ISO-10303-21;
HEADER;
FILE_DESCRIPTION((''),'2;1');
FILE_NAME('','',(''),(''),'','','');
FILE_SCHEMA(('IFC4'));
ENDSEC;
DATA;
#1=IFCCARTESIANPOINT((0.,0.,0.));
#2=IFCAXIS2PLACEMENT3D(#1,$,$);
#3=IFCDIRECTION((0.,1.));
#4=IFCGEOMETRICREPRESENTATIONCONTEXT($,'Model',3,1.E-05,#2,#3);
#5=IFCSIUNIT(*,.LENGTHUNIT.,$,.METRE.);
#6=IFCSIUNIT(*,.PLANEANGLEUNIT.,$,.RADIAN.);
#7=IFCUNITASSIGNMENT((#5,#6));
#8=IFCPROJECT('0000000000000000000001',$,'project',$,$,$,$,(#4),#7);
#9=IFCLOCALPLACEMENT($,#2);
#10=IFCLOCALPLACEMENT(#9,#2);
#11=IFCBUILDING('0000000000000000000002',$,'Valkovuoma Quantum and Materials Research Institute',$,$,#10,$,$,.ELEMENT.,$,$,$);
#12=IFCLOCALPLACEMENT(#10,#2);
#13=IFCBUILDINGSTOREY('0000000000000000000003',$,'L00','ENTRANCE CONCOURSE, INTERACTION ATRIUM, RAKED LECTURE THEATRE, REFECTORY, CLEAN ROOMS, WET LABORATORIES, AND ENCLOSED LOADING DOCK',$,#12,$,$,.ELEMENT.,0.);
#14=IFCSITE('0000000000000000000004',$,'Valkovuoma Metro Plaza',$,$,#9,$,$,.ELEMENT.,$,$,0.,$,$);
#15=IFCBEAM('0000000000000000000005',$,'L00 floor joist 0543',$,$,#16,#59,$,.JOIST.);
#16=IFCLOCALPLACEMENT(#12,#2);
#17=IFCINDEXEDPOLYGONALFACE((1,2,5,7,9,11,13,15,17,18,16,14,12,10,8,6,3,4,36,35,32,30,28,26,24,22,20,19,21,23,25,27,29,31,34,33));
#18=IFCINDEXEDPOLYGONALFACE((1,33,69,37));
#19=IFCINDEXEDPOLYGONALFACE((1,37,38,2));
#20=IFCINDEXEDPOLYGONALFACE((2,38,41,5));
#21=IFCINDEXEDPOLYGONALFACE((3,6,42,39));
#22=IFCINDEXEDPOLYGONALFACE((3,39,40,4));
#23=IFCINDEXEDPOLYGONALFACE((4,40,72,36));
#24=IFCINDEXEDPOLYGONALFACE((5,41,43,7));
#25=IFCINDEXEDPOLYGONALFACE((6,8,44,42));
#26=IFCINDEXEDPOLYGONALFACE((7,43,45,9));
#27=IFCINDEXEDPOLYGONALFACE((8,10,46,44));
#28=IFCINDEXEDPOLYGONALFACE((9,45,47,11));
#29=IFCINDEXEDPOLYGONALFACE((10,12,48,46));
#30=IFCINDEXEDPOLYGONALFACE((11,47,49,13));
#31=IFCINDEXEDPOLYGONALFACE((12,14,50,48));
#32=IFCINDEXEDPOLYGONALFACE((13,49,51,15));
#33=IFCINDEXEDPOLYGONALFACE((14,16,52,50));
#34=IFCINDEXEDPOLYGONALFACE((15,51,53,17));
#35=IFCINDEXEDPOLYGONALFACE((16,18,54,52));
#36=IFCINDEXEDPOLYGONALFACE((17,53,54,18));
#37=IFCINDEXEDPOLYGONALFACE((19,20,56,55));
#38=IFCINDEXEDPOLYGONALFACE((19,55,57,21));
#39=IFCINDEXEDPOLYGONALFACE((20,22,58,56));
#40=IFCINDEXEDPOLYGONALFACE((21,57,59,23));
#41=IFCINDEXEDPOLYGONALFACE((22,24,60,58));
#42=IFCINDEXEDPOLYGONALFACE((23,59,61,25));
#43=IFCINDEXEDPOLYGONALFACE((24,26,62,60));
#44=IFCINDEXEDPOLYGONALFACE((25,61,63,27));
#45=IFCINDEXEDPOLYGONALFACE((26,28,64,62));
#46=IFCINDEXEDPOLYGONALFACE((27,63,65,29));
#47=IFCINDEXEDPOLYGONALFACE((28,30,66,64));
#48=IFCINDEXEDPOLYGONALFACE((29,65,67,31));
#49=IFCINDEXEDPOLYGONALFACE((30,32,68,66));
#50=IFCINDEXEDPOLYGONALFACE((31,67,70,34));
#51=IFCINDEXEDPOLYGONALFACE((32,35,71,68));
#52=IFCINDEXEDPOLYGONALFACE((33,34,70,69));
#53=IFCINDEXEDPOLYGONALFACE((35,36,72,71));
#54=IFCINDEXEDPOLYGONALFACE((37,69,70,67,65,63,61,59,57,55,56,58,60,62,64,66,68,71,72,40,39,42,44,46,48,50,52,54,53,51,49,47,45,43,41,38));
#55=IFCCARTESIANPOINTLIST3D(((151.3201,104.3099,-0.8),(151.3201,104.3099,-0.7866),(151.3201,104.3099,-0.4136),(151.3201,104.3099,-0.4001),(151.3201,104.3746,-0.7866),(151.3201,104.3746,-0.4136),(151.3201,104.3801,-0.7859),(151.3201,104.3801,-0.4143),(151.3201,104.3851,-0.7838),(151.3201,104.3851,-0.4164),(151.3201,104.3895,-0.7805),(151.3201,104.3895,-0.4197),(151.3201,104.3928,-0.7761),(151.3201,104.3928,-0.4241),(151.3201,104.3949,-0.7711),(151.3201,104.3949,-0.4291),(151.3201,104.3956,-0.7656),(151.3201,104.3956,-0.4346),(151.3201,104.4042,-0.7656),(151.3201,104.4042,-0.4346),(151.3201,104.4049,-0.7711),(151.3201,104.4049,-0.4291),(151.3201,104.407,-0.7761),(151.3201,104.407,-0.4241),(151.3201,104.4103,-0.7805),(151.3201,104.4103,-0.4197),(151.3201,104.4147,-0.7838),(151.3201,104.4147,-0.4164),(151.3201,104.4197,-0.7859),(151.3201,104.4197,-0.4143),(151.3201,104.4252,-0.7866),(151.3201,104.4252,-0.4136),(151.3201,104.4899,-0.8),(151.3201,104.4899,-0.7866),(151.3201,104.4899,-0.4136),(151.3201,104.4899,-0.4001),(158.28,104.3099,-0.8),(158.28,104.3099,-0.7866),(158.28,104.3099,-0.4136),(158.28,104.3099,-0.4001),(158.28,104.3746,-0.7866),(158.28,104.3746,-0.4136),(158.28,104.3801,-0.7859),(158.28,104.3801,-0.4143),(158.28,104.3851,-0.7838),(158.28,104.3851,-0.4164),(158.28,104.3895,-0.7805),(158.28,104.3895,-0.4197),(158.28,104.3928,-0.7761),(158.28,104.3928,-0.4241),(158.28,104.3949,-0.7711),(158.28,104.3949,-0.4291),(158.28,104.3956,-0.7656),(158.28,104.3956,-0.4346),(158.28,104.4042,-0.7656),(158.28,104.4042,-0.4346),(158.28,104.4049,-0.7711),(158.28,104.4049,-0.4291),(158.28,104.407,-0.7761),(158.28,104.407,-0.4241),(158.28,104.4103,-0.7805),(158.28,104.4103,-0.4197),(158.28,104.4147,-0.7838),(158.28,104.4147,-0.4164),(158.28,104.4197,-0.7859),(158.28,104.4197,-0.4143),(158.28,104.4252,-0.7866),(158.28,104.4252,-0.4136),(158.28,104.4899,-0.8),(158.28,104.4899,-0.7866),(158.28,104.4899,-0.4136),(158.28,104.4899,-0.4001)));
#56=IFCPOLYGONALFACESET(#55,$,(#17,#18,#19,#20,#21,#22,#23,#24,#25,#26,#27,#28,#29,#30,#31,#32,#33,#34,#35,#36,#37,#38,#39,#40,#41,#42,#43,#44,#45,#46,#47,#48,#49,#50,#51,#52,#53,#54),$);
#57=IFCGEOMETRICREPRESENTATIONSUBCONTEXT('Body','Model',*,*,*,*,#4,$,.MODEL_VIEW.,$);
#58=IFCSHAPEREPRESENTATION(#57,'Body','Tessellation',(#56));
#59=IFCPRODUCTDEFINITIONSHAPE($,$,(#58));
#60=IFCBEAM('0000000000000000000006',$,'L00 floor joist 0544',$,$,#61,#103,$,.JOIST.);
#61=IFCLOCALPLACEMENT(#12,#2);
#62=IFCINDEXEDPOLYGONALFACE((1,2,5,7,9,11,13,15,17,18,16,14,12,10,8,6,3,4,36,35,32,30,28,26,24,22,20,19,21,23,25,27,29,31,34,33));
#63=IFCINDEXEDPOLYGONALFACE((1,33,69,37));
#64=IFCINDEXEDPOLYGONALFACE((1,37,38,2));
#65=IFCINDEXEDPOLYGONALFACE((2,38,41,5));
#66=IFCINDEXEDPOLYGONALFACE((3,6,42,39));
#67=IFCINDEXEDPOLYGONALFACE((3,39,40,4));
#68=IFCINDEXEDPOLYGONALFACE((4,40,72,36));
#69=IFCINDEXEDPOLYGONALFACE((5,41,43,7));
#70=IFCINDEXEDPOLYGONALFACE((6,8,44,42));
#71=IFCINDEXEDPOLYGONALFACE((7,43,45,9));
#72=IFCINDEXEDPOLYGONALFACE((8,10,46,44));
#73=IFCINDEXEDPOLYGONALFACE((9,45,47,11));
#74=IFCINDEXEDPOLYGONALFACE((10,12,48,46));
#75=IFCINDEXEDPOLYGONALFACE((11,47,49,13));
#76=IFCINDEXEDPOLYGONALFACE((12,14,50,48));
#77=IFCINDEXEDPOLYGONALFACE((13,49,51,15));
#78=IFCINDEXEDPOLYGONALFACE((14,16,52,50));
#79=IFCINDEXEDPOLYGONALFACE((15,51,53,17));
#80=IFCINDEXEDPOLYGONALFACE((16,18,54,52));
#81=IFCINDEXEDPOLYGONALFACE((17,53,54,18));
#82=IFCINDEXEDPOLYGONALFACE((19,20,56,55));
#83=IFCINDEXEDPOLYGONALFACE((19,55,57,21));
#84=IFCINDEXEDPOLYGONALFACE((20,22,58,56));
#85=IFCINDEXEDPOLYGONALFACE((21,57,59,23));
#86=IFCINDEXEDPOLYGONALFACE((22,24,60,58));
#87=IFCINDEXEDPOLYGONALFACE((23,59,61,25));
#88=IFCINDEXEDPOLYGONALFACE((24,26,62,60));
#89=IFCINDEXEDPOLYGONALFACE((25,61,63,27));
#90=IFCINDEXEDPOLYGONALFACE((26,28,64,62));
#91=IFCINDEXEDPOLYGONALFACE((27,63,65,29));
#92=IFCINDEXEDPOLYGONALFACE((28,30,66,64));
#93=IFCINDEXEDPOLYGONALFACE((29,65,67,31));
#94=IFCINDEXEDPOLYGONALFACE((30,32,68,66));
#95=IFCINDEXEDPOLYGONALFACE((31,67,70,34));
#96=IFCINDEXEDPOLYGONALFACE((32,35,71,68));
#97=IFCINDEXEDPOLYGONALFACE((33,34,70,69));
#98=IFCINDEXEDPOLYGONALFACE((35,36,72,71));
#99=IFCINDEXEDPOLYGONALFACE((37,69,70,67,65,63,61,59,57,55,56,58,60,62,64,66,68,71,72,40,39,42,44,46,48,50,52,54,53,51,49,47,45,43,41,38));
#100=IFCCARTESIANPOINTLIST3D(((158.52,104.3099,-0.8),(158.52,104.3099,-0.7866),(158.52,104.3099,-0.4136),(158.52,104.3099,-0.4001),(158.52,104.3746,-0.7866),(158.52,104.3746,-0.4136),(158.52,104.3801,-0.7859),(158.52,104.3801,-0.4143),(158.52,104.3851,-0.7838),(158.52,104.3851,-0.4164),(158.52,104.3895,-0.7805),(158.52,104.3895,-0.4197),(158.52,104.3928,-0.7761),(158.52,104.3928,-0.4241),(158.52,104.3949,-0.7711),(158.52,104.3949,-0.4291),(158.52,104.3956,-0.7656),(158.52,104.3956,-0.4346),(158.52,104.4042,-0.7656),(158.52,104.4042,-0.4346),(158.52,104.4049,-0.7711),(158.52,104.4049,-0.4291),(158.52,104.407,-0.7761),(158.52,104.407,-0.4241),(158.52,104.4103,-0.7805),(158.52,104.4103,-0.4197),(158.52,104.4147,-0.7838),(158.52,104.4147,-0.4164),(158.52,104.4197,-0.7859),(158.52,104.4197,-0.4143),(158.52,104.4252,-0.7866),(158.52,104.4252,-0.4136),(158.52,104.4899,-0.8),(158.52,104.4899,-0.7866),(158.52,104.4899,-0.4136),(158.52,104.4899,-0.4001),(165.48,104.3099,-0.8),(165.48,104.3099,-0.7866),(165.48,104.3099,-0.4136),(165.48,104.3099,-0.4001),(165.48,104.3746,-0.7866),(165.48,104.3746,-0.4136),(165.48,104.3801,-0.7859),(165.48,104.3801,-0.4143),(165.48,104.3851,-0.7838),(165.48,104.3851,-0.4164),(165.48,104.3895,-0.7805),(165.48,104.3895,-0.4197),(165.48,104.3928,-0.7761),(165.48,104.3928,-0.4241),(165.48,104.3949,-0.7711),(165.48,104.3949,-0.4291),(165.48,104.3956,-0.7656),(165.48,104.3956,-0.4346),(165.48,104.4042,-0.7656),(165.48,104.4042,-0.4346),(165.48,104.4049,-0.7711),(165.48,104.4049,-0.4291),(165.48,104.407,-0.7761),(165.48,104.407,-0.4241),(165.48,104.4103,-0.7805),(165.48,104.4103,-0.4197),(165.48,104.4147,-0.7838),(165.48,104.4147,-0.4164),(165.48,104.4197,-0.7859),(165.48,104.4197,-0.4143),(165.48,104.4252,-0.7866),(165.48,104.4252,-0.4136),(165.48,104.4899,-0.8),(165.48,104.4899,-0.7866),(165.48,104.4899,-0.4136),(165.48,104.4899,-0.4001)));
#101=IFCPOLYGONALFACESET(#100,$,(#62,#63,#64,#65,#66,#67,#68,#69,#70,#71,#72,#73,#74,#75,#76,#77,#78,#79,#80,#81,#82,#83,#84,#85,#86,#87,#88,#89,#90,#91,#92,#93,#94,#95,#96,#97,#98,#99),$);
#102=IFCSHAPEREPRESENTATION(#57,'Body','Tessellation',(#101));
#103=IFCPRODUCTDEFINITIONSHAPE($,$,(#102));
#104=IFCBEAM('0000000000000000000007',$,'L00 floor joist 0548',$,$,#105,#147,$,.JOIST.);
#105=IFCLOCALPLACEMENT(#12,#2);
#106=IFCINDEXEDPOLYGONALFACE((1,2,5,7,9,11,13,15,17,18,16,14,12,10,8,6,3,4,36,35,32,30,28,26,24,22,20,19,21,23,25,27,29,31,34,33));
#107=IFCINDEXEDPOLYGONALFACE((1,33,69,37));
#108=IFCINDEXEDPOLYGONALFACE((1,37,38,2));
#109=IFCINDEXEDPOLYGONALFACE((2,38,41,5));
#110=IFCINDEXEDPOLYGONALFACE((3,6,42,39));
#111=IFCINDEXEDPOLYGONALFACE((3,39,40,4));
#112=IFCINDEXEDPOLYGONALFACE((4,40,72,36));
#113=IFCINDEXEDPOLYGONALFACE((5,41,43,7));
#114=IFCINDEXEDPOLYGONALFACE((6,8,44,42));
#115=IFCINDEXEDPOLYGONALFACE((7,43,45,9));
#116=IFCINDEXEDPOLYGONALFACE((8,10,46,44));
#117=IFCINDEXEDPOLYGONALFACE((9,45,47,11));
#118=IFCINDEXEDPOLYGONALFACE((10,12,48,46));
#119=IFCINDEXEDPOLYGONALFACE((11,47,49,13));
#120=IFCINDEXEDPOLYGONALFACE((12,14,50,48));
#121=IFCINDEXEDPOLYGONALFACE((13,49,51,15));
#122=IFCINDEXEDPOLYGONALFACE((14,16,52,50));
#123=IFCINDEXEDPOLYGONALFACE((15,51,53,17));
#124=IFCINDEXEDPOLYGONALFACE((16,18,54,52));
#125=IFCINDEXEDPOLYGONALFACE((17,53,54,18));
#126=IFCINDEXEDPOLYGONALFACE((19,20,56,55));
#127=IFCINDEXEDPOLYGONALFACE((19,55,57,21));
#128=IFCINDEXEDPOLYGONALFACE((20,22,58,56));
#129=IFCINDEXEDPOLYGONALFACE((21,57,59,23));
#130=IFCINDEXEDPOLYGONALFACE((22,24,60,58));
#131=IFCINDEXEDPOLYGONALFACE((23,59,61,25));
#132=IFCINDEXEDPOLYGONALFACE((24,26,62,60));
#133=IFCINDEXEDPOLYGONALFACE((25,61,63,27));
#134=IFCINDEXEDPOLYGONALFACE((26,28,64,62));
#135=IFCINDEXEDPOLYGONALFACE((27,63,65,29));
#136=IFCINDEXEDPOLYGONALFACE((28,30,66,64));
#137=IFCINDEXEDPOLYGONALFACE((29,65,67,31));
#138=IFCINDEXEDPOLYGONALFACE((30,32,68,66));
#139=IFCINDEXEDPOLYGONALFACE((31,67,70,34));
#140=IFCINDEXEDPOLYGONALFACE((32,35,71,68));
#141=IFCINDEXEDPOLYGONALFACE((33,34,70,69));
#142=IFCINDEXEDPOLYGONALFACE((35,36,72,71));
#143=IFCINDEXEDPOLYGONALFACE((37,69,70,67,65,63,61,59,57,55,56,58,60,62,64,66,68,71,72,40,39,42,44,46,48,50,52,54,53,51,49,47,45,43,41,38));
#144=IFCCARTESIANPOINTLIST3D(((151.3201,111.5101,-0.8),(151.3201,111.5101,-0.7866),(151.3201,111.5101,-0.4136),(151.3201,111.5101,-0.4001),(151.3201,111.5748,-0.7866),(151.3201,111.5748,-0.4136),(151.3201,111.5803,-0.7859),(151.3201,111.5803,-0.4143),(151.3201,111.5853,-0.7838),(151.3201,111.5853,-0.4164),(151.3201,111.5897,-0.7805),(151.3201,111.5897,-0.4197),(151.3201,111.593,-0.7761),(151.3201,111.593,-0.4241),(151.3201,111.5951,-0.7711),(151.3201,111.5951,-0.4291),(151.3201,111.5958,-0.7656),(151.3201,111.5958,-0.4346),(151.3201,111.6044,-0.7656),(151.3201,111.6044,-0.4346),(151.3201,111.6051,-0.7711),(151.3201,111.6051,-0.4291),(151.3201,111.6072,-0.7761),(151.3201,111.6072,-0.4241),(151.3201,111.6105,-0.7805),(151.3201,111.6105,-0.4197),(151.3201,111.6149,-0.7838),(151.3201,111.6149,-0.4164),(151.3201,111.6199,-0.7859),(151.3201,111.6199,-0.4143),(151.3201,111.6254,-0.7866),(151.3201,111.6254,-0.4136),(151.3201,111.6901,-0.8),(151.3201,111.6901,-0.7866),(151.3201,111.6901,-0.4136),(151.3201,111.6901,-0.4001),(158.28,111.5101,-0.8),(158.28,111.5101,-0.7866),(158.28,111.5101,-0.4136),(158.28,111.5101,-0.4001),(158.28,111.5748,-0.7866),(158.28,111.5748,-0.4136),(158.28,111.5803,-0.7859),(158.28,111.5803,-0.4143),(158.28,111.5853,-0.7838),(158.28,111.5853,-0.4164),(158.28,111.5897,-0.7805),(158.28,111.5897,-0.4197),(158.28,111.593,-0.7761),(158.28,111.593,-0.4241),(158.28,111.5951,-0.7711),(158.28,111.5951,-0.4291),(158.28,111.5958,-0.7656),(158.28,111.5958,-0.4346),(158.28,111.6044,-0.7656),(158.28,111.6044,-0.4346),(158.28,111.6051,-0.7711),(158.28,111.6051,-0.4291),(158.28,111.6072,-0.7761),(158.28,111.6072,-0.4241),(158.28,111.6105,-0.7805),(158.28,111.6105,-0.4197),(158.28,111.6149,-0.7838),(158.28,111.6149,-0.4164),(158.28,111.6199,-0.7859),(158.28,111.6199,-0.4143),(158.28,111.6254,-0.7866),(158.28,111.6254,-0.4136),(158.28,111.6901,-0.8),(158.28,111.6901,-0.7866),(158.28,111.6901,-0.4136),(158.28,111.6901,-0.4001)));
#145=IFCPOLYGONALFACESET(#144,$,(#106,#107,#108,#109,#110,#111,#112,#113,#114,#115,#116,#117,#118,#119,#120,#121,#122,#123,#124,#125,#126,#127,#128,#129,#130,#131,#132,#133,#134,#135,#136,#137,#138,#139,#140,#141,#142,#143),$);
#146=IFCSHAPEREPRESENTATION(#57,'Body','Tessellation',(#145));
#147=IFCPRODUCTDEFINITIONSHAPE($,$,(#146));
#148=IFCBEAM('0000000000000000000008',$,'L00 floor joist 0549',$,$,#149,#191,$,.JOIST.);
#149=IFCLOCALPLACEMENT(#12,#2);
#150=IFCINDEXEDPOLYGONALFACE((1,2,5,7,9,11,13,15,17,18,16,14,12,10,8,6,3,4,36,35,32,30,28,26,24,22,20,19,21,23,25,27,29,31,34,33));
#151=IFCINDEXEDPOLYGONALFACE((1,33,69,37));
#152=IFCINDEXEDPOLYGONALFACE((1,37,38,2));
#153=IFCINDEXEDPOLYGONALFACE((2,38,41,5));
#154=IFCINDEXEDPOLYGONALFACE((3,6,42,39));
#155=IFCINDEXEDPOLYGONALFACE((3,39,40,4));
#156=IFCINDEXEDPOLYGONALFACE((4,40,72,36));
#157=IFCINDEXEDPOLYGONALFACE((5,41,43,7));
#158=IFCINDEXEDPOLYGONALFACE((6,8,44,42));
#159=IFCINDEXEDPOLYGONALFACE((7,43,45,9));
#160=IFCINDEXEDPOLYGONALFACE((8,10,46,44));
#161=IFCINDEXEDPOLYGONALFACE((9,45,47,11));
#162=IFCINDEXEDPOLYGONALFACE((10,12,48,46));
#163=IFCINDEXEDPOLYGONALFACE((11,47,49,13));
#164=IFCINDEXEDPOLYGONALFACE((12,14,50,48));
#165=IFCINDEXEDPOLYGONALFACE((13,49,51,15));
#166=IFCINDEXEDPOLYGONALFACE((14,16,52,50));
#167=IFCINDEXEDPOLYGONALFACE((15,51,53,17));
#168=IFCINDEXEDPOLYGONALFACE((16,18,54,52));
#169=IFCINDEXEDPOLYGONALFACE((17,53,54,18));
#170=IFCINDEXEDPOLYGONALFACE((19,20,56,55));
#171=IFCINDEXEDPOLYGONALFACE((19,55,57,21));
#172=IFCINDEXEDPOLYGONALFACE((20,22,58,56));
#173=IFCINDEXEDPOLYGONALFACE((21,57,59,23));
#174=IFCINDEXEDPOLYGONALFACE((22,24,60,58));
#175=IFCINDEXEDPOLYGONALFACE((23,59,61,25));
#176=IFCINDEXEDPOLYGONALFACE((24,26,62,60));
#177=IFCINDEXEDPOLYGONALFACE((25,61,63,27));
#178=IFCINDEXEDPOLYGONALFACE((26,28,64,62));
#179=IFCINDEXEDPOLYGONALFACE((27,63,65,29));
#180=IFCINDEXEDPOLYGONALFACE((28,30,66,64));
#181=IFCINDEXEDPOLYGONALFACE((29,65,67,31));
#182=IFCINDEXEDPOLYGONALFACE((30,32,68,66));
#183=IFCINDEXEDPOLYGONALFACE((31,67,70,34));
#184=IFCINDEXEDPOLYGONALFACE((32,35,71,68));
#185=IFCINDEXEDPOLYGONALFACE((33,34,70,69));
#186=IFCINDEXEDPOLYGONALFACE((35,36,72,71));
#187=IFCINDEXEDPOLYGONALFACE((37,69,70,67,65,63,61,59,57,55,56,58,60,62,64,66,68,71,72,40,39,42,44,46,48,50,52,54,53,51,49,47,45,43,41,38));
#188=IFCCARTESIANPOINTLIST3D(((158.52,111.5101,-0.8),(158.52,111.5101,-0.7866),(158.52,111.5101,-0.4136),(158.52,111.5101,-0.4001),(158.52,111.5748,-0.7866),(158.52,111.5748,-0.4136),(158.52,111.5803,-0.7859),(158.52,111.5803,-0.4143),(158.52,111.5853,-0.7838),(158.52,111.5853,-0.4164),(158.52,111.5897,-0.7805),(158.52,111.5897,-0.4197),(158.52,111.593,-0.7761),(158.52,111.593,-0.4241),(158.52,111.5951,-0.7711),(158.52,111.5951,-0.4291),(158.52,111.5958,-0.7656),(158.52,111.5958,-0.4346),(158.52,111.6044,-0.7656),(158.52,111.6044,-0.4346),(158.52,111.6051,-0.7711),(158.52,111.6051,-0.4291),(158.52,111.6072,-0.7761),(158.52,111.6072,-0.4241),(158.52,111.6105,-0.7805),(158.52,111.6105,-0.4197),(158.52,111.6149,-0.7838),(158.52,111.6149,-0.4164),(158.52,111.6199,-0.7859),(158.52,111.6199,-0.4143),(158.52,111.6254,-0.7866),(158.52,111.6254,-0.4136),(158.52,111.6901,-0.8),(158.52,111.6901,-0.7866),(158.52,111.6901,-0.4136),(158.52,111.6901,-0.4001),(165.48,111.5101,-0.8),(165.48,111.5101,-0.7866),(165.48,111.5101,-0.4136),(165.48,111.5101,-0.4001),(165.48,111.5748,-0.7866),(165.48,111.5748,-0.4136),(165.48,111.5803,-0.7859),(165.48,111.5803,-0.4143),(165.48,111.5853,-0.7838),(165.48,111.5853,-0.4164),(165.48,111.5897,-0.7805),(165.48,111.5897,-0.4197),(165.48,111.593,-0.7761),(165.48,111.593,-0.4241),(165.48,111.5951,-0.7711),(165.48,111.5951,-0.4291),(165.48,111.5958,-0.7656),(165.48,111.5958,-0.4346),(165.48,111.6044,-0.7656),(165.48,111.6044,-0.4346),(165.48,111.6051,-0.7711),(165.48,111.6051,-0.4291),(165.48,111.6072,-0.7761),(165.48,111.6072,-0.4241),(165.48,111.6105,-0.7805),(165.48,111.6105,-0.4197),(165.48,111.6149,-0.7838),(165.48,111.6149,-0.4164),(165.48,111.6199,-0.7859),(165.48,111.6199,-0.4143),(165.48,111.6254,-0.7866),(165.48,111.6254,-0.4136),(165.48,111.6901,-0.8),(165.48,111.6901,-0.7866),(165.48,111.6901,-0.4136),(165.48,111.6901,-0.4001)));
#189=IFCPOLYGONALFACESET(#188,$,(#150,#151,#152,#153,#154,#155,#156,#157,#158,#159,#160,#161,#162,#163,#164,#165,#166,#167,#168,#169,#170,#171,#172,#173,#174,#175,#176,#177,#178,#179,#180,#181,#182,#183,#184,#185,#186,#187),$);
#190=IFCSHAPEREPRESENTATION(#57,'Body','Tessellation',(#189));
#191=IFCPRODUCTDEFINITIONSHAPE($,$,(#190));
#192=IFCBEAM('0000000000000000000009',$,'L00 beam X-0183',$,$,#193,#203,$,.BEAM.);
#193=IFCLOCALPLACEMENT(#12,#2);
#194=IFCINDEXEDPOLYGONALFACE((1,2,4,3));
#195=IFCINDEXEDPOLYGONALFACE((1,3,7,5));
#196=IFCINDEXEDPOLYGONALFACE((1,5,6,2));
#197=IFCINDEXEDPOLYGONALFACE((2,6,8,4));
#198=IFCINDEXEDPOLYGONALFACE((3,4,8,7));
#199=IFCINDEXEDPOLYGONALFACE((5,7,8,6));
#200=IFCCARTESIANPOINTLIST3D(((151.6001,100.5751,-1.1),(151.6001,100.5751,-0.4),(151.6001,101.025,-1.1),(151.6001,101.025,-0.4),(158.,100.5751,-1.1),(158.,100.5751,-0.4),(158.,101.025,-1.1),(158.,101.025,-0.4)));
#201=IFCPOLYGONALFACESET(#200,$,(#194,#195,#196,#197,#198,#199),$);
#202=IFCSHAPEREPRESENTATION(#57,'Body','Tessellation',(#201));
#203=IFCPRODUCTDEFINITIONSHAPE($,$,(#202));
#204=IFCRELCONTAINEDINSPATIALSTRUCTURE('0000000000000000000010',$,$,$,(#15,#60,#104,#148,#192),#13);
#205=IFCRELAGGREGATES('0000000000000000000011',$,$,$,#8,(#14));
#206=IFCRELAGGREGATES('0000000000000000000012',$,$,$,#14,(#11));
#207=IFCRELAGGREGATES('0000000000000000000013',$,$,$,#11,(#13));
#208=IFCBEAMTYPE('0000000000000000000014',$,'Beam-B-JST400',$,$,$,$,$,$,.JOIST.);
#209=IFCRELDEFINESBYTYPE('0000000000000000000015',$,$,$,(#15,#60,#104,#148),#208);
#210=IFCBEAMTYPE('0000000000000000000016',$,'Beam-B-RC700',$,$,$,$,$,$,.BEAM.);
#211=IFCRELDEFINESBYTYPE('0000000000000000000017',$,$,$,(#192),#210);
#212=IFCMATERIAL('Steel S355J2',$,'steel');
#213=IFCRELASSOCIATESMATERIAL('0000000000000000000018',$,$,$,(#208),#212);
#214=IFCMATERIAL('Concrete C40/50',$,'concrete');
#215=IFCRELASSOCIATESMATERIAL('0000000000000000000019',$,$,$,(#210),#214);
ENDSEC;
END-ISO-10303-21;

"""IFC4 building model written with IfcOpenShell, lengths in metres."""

from ifc_helpers import new_model, si_unit, direction, frame, origin, origin_2d, place, context, subcontext, project, spatial, rectangle, i_section, extrude, material, material_profile, profile_set, type_object, element, save


model = new_model("IFC4")

# Units and contexts
model_context = context("Model", 3, precision=1e-05, world=origin(), true_north=direction((0.0, 1.0)))
body_context = subcontext(model_context, "Body", "Model", "MODEL_VIEW")
ifc_project = project(units=[si_unit("LENGTHUNIT", "METRE"), si_unit("PLANEANGLEUNIT", "RADIAN")], contexts=[model_context])

# Site, building, storey
site_placement = place(None, origin())
site = spatial("IfcSite", under=ifc_project, at=site_placement, Name="Valkovuoma Metro Plaza", CompositionType="ELEMENT", RefElevation=0.0)
building_placement = place(site_placement, origin())
building = spatial("IfcBuilding", under=site, at=building_placement, Name="Valkovuoma Quantum and Materials Research Institute", CompositionType="ELEMENT")
storey_placement = place(building_placement, origin())
storey = spatial("IfcBuildingStorey", under=building, at=storey_placement, Name="L00", Description="ENTRANCE CONCOURSE, INTERACTION ATRIUM, RAKED LECTURE THEATRE, REFECTORY, CLEAN ROOMS, WET LABORATORIES, AND ENCLOSED LOADING DOCK", CompositionType="ELEMENT", Elevation=0.0)

# Beams
ifc_material_1 = material(Name="Steel S355J2", Category="steel")
ifc_material_profile_1 = material_profile(ifc_material_1, i_section(OverallWidth=0.1799, OverallDepth=0.3999, WebThickness=0.0085, FlangeThickness=0.0134, FilletRadius=0.021, at=origin_2d()), Name="Steel S355J2")
ifc_profile_set_1 = profile_set([ifc_material_profile_1], Name="Steel S355J2")
beam_type_1 = type_object("IfcBeamType", Name="Beam-B-JST400", PredefinedType="JOIST", material=ifc_profile_set_1)
for number, where, z_axis, x_axis, name in (
    (1, (151.3201, 104.3999, -0.6001), (1.0, 0.0, 0.0), (0.0, 1.0, 0.0), "L00 floor joist 0543"),
    (2, (158.52, 104.3999, -0.6001), (1.0, 0.0, 0.0), (0.0, 1.0, 0.0), "L00 floor joist 0544"),
    (3, (151.3201, 111.6001, -0.6001), (1.0, 0.0, 0.0), (0.0, 1.0, 0.0), "L00 floor joist 0548"),
    (4, (158.52, 111.6001, -0.6001), (1.0, 0.0, 0.0), (0.0, 1.0, 0.0), "L00 floor joist 0549"),
):
    element("IfcBeam", number, at=place(storey_placement, frame(where, z_axis=z_axis, x_axis=x_axis)), inside=storey, type_object=beam_type_1, Name=name, PredefinedType="JOIST", context=body_context, shape_type="SweptSolid", body=[
        extrude(i_section(OverallWidth=0.1799, OverallDepth=0.3999, WebThickness=0.0085, FlangeThickness=0.0134, FilletRadius=0.021, at=origin_2d()), origin(), (0.0, 0.0, 1.0), 6.96),
    ])
ifc_material_2 = material(Name="Concrete C40/50", Category="concrete")
ifc_material_profile_2 = material_profile(ifc_material_2, rectangle(XDim=0.45, YDim=0.7, at=origin_2d()), Name="Concrete C40/50")
ifc_profile_set_2 = profile_set([ifc_material_profile_2], Name="Concrete C40/50")
beam_type_2 = type_object("IfcBeamType", Name="Beam-B-RC700", PredefinedType="BEAM", material=ifc_profile_set_2)
for number, where, z_axis, x_axis, name in (
    (5, (151.6001, 100.8, -0.75), (1.0, 0.0, 0.0), (0.0, 1.0, 0.0), "L00 beam X-0183"),
):
    element("IfcBeam", number, at=place(storey_placement, frame(where, z_axis=z_axis, x_axis=x_axis)), inside=storey, type_object=beam_type_2, Name=name, PredefinedType="BEAM", context=body_context, shape_type="SweptSolid", body=[
        extrude(rectangle(XDim=0.45, YDim=0.7, at=origin_2d()), origin(), (0.0, 0.0, 1.0), 6.3999),
    ])

save(model, "model.ifc")
